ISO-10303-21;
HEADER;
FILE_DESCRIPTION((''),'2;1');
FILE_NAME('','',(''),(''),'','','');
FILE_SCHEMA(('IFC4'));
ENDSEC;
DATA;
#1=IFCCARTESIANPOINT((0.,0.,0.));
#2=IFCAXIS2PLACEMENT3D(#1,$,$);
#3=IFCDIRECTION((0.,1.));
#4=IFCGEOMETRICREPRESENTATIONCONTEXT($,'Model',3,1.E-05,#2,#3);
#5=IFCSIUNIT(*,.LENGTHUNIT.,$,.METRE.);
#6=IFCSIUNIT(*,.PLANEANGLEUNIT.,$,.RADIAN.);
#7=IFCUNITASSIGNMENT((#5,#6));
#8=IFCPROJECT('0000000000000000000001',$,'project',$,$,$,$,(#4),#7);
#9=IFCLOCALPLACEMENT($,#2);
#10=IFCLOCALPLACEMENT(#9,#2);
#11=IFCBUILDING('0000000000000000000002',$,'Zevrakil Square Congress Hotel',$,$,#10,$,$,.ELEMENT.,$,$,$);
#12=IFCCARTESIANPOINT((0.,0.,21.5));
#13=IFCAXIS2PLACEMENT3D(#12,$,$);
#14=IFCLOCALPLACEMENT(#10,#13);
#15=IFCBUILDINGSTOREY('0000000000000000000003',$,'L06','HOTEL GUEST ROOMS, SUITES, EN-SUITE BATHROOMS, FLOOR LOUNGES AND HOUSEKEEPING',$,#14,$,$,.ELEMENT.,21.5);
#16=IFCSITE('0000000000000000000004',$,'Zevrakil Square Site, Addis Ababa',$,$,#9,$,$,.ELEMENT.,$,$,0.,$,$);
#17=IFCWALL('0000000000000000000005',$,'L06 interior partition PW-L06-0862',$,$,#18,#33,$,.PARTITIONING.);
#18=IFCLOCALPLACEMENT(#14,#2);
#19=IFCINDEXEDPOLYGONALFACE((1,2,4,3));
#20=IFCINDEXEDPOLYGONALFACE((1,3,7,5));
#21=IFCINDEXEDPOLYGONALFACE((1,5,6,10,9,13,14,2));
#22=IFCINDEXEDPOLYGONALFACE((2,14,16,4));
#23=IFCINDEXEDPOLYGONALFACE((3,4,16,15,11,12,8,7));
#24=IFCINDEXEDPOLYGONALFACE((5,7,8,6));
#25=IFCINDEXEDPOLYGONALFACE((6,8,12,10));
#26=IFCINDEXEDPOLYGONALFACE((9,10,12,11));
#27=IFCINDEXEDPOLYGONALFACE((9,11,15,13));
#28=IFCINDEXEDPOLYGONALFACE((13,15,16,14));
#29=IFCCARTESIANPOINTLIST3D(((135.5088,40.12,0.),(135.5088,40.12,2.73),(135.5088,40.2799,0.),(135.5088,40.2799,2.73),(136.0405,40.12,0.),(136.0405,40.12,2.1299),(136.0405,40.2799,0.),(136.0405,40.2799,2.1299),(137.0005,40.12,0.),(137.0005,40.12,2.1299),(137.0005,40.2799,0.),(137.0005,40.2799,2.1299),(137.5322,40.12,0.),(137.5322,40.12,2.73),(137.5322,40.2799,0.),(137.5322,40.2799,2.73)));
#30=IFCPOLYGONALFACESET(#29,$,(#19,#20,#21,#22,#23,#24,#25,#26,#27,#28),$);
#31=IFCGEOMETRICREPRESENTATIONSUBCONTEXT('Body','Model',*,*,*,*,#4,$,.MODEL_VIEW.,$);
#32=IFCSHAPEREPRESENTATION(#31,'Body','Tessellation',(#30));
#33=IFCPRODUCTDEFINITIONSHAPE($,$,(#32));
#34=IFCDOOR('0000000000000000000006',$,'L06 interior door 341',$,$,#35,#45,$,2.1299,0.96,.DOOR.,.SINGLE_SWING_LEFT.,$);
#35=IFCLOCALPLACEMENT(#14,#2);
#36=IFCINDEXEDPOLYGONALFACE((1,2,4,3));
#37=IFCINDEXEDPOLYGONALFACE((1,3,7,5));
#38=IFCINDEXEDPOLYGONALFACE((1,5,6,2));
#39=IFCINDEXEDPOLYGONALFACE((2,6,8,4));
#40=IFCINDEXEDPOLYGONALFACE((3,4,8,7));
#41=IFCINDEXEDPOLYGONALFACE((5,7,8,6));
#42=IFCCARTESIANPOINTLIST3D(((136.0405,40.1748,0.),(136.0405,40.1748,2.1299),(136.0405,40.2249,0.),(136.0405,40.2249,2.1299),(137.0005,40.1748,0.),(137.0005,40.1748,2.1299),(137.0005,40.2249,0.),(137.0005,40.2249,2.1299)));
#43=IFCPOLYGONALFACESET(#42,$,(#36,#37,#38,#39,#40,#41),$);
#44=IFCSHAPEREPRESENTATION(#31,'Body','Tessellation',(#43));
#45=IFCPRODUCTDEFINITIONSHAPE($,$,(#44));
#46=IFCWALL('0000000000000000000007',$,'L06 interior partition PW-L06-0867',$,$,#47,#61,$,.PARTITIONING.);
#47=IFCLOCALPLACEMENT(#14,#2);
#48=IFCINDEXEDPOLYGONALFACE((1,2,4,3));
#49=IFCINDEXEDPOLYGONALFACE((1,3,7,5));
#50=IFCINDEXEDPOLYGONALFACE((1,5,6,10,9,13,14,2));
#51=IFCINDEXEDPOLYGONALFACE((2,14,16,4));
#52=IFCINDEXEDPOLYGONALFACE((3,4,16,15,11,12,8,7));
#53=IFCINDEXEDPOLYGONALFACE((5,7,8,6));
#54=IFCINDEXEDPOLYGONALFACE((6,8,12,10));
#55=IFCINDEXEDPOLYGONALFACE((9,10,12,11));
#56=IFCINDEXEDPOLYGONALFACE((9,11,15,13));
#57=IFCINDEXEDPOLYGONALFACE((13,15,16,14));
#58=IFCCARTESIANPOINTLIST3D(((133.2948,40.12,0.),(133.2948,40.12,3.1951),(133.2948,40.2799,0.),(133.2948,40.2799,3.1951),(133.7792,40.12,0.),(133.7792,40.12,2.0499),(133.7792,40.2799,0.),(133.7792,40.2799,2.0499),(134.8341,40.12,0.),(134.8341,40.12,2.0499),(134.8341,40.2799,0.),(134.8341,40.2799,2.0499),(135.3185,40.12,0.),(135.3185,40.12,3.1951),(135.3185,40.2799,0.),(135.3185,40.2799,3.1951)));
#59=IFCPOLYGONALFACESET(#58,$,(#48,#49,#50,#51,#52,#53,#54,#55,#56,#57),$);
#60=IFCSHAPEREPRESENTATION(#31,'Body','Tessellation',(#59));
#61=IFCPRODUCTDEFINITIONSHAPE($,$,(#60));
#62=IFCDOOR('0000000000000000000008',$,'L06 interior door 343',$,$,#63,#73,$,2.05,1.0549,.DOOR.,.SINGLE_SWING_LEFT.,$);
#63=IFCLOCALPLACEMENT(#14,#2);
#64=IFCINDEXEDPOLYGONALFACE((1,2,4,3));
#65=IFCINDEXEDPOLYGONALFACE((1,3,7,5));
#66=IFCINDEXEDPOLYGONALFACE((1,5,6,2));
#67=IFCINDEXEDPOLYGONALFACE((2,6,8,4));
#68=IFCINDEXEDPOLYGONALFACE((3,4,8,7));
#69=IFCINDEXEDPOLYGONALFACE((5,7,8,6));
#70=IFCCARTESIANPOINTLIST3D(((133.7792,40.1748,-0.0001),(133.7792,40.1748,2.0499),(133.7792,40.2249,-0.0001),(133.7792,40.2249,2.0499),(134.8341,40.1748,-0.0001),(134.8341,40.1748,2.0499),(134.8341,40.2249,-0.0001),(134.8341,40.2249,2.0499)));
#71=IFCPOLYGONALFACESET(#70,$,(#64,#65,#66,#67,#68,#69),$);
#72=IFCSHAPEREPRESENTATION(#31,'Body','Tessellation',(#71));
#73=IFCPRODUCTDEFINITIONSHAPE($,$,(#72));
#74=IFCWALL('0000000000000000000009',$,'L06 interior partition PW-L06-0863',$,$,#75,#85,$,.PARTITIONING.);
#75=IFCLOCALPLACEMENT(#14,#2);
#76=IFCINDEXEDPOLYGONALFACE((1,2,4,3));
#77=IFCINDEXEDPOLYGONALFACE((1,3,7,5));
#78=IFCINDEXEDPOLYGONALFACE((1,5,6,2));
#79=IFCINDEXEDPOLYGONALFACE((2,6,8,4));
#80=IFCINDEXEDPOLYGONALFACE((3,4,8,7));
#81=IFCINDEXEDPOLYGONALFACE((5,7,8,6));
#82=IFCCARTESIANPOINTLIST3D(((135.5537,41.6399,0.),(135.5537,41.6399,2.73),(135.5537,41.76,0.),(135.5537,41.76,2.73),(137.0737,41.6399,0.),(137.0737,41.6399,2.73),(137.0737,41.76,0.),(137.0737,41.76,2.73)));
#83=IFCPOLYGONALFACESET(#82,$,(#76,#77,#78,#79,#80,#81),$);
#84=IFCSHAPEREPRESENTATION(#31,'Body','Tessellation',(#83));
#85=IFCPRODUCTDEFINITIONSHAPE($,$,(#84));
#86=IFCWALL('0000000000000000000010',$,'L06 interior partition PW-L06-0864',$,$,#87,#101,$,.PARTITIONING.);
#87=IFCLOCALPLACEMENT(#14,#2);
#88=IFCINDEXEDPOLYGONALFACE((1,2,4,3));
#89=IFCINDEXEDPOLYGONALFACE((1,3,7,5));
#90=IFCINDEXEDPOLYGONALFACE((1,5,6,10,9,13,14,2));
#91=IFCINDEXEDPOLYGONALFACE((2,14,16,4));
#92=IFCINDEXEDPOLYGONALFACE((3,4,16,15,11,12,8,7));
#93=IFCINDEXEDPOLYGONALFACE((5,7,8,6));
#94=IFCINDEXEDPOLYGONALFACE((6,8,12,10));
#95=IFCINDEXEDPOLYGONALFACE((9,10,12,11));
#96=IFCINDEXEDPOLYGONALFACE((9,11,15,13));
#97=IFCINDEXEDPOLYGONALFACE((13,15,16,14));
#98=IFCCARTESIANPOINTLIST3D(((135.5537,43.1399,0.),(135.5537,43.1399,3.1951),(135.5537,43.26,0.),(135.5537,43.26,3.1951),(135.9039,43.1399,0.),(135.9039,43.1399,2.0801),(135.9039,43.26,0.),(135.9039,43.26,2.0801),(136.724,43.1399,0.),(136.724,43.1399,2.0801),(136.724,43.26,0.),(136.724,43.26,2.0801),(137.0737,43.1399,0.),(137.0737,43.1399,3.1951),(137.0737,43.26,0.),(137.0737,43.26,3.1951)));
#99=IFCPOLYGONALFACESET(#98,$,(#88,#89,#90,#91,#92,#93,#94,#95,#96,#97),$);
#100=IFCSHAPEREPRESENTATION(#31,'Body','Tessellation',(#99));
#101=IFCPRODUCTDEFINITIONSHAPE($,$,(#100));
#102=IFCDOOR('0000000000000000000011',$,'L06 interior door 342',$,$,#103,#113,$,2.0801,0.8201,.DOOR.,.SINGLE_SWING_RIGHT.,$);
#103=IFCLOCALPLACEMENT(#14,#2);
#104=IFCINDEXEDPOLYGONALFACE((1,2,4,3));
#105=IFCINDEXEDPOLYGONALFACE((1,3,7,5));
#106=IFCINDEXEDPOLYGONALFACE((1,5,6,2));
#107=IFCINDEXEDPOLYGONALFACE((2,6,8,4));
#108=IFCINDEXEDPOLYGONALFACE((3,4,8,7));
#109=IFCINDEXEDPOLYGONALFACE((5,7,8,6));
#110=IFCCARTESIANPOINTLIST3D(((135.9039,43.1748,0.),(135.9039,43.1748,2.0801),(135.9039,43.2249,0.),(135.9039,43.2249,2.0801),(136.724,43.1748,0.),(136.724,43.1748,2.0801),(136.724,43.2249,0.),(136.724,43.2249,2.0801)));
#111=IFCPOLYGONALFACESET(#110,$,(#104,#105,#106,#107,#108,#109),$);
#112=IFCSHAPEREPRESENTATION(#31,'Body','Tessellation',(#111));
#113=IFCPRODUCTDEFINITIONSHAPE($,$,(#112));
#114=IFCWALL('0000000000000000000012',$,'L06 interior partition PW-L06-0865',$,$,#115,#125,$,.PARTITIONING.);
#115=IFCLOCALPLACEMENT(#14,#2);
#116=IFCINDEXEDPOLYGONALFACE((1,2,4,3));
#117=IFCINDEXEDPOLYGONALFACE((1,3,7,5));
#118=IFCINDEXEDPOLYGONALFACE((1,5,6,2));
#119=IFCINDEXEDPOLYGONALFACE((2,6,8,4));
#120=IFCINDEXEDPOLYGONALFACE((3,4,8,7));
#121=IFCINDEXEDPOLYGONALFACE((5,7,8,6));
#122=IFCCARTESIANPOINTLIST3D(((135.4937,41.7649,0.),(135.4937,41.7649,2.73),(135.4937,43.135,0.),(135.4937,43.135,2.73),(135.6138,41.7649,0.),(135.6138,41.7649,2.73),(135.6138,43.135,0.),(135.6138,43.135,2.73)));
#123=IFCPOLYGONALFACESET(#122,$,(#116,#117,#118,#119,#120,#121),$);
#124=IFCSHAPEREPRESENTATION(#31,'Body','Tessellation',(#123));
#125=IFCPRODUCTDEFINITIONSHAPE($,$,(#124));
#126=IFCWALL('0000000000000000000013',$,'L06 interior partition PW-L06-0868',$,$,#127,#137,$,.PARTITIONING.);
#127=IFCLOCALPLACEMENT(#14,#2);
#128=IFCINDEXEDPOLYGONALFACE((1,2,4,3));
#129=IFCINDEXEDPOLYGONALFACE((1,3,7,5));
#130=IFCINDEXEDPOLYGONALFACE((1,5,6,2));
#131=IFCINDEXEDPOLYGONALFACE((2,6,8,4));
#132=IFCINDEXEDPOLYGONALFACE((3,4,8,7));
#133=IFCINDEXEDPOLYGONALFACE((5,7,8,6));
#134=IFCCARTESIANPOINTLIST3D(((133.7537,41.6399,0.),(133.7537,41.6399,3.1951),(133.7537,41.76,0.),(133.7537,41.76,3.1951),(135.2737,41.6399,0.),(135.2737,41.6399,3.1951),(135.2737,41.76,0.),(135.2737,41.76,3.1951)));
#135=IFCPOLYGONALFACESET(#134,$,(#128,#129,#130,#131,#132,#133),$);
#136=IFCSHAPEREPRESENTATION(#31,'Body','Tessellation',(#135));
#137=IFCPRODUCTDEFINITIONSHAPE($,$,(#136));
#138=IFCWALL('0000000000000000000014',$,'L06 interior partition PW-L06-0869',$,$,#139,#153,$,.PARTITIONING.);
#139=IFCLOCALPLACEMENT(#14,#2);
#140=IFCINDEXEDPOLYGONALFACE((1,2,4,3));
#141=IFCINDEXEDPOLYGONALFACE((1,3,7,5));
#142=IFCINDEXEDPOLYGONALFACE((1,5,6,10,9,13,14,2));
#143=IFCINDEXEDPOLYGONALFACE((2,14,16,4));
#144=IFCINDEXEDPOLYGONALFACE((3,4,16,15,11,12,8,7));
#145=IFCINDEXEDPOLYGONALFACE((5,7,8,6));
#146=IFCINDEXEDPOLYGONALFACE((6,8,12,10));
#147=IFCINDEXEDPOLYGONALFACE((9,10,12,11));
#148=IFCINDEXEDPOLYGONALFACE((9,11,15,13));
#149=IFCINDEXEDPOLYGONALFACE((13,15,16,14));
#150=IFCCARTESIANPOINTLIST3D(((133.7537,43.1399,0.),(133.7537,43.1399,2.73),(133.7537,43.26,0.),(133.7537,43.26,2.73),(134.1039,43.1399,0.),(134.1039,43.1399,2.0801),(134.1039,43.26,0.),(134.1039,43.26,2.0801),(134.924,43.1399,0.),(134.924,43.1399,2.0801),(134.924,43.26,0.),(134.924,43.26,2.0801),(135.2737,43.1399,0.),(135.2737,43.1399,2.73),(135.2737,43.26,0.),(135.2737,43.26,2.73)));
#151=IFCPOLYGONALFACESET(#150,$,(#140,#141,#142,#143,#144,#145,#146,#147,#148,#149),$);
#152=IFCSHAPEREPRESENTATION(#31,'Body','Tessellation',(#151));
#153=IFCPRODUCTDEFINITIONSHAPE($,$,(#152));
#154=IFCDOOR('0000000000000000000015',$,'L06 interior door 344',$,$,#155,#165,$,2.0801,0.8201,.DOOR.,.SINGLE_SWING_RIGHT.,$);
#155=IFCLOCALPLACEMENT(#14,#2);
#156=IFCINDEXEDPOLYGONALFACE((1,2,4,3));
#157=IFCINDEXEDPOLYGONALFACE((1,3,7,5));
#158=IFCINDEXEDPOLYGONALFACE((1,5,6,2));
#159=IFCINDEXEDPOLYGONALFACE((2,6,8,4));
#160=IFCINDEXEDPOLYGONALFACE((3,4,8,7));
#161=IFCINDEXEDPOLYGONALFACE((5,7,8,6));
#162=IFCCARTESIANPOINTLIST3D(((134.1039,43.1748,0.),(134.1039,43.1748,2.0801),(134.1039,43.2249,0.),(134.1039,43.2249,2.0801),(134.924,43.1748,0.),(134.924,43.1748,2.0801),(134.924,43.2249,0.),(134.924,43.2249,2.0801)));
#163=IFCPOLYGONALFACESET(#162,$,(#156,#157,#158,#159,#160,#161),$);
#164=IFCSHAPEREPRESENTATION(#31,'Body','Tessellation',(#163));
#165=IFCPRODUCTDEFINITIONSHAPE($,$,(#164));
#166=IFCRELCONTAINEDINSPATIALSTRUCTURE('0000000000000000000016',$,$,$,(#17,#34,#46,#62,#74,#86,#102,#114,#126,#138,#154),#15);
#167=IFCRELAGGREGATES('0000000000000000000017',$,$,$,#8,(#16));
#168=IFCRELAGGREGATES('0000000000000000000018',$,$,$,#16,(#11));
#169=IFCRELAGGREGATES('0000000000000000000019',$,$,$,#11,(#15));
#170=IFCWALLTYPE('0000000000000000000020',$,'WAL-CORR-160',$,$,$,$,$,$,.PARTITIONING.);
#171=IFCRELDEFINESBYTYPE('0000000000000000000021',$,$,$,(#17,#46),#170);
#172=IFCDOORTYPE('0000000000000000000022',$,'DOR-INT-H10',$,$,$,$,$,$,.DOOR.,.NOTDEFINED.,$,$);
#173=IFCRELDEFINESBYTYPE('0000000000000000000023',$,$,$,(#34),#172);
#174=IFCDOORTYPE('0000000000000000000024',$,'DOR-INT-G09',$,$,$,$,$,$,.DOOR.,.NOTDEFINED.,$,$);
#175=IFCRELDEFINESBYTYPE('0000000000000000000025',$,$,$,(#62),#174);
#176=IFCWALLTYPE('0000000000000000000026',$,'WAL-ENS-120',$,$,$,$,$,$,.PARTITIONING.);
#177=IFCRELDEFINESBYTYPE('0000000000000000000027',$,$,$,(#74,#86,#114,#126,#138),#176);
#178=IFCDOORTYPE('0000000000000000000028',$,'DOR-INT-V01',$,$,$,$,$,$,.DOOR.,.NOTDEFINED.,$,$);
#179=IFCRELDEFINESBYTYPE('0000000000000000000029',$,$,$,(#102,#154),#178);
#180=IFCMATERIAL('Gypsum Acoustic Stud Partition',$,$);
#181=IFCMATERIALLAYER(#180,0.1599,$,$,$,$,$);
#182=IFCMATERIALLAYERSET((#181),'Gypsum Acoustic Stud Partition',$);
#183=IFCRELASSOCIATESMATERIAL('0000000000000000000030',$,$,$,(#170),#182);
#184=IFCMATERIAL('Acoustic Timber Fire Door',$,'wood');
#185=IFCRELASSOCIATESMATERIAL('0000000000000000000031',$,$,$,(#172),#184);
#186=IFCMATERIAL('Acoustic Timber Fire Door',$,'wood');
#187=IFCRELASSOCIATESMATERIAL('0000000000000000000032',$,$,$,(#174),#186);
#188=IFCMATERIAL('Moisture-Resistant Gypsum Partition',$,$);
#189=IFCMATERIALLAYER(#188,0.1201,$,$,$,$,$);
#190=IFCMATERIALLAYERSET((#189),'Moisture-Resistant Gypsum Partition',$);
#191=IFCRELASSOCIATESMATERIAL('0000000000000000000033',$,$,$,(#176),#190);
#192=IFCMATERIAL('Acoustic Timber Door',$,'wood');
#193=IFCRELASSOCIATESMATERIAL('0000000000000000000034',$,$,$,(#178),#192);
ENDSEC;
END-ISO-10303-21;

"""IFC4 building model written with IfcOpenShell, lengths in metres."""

from ifc_helpers import new_model, si_unit, direction, frame, frame_2d, origin, place, context, subcontext, project, spatial, rectangle, extrude, material, layer, layer_set, type_object, element, fill, save


model = new_model("IFC4")

# Units and contexts
model_context = context("Model", 3, precision=1e-05, world=origin(), true_north=direction((0.0, 1.0)))
body_context = subcontext(model_context, "Body", "Model", "MODEL_VIEW")
ifc_project = project(units=[si_unit("LENGTHUNIT", "METRE"), si_unit("PLANEANGLEUNIT", "RADIAN")], contexts=[model_context])

# Site, building, storey
site_placement = place(None, origin())
site = spatial("IfcSite", under=ifc_project, at=site_placement, Name="Zevrakil Square Site, Addis Ababa", CompositionType="ELEMENT", RefElevation=0.0)
building_placement = place(site_placement, origin())
building = spatial("IfcBuilding", under=site, at=building_placement, Name="Zevrakil Square Congress Hotel", CompositionType="ELEMENT")
storey_placement = place(building_placement, frame((0.0, 0.0, 21.5)))
storey = spatial("IfcBuildingStorey", under=building, at=storey_placement, Name="L06", Description="HOTEL GUEST ROOMS, SUITES, EN-SUITE BATHROOMS, FLOOR LOUNGES AND HOUSEKEEPING", CompositionType="ELEMENT", Elevation=21.5)

# Walls, openings, doors
ifc_material_1 = material(Name="Gypsum Acoustic Stud Partition")
ifc_layer_1 = layer(ifc_material_1, 0.1599)
ifc_layer_set_1 = layer_set([ifc_layer_1], Name="Gypsum Acoustic Stud Partition")
wall_type_1 = type_object("IfcWallType", Name="WAL-CORR-160", PredefinedType="PARTITIONING", material=ifc_layer_set_1)
wall_1_placement = place(storey_placement, frame((135.5088, 40.2, 0.0), z_axis=(0.0, 0.0, 1.0), x_axis=(1.0, 0.0, 0.0)))
wall_1 = element("IfcWall", 1, at=wall_1_placement, inside=storey, type_object=wall_type_1, Name="L06 interior partition PW-L06-0862", PredefinedType="PARTITIONING", context=body_context, shape_type="SweptSolid", body=[
    extrude(rectangle(XDim=2.0234, YDim=0.1599, at=frame_2d((1.0117, 0.0))), origin(), (0.0, 0.0, 1.0), 2.73),
])
opening_1_placement = place(wall_1_placement, frame((0.5317, 0.0, 0.0)))
opening_1 = element("IfcOpeningElement", 2, at=opening_1_placement, cuts=wall_1, PredefinedType="OPENING", context=body_context, shape_type="SweptSolid", body=[
    extrude(rectangle(XDim=0.96, YDim=2.1299, at=frame_2d((0.48, 1.0649))), frame((0.0, 0.0898, 0.0), z_axis=(0.0, -1.0, 0.0), x_axis=(1.0, 0.0, 0.0)), (0.0, 0.0, 1.0), 0.1799),
])
ifc_material_2 = material(Name="Acoustic Timber Fire Door", Category="wood")
door_type_1 = type_object("IfcDoorType", Name="DOR-INT-H10", OperationType="NOTDEFINED", PredefinedType="DOOR", material=ifc_material_2)
door_1_placement = place(opening_1_placement, origin())
door_1 = element("IfcDoor", 3, at=door_1_placement, inside=storey, type_object=door_type_1, Name="L06 interior door 341", OperationType="SINGLE_SWING_LEFT", OverallHeight=2.1299, OverallWidth=0.96, PredefinedType="DOOR", context=body_context, shape_type="SweptSolid", body=[
    extrude(rectangle(XDim=0.96, YDim=2.1299, at=frame_2d((0.48, 1.0649))), frame((0.0, 0.0249, 0.0), z_axis=(0.0, -1.0, 0.0), x_axis=(1.0, 0.0, 0.0)), (0.0, 0.0, 1.0), 0.05),
])
fill(opening_1, door_1)
wall_2_placement = place(storey_placement, frame((133.2949, 40.2, 0.0), z_axis=(0.0, 0.0, 1.0), x_axis=(1.0, 0.0, 0.0)))
wall_2 = element("IfcWall", 4, at=wall_2_placement, inside=storey, type_object=wall_type_1, Name="L06 interior partition PW-L06-0867", PredefinedType="PARTITIONING", context=body_context, shape_type="SweptSolid", body=[
    extrude(rectangle(XDim=2.0237, YDim=0.1599, at=frame_2d((1.0117, 0.0))), origin(), (0.0, 0.0, 1.0), 3.1951),
])
opening_2_placement = place(wall_2_placement, frame((0.4844, 0.0, 0.0)))
opening_2 = element("IfcOpeningElement", 5, at=opening_2_placement, cuts=wall_2, PredefinedType="OPENING", context=body_context, shape_type="SweptSolid", body=[
    extrude(rectangle(XDim=1.0549, YDim=2.05, at=frame_2d((0.5273, 1.0249))), frame((0.0, 0.0898, 0.0), z_axis=(0.0, -1.0, 0.0), x_axis=(1.0, 0.0, 0.0)), (0.0, 0.0, 1.0), 0.1799),
])
ifc_material_3 = material(Name="Acoustic Timber Fire Door", Category="wood")
door_type_2 = type_object("IfcDoorType", Name="DOR-INT-G09", OperationType="NOTDEFINED", PredefinedType="DOOR", material=ifc_material_3)
door_2_placement = place(opening_2_placement, origin())
door_2 = element("IfcDoor", 6, at=door_2_placement, inside=storey, type_object=door_type_2, Name="L06 interior door 343", OperationType="SINGLE_SWING_LEFT", OverallHeight=2.05, OverallWidth=1.0549, PredefinedType="DOOR", context=body_context, shape_type="SweptSolid", body=[
    extrude(rectangle(XDim=1.0549, YDim=2.05, at=frame_2d((0.5273, 1.0249))), frame((0.0, 0.0249, 0.0), z_axis=(0.0, -1.0, 0.0), x_axis=(1.0, 0.0, 0.0)), (0.0, 0.0, 1.0), 0.05),
])
fill(opening_2, door_2)

# Wall
ifc_material_4 = material(Name="Moisture-Resistant Gypsum Partition")
ifc_layer_2 = layer(ifc_material_4, 0.1201)
ifc_layer_set_2 = layer_set([ifc_layer_2], Name="Moisture-Resistant Gypsum Partition")
wall_type_2 = type_object("IfcWallType", Name="WAL-ENS-120", PredefinedType="PARTITIONING", material=ifc_layer_set_2)
wall_3_placement = place(storey_placement, frame((135.5537, 41.7, 0.0), z_axis=(0.0, 0.0, 1.0), x_axis=(1.0, 0.0, 0.0)))
element("IfcWall", 7, at=wall_3_placement, inside=storey, type_object=wall_type_2, Name="L06 interior partition PW-L06-0863", PredefinedType="PARTITIONING", context=body_context, shape_type="SweptSolid", body=[
    extrude(rectangle(XDim=1.52, YDim=0.1201, at=frame_2d((0.76, 0.0))), origin(), (0.0, 0.0, 1.0), 2.73),
])

# Wall, opening, door
wall_4_placement = place(storey_placement, frame((135.5537, 43.2, 0.0), z_axis=(0.0, 0.0, 1.0), x_axis=(1.0, 0.0, 0.0)))
wall_4 = element("IfcWall", 8, at=wall_4_placement, inside=storey, type_object=wall_type_2, Name="L06 interior partition PW-L06-0864", PredefinedType="PARTITIONING", context=body_context, shape_type="SweptSolid", body=[
    extrude(rectangle(XDim=1.52, YDim=0.1201, at=frame_2d((0.76, 0.0))), origin(), (0.0, 0.0, 1.0), 3.1951),
])
opening_3_placement = place(wall_4_placement, frame((0.3501, 0.0, 0.0)))
opening_3 = element("IfcOpeningElement", 9, at=opening_3_placement, cuts=wall_4, PredefinedType="OPENING", context=body_context, shape_type="SweptSolid", body=[
    extrude(rectangle(XDim=0.8201, YDim=2.0801, at=frame_2d((0.4102, 1.04))), frame((0.0, 0.0701, 0.0), z_axis=(0.0, -1.0, 0.0), x_axis=(1.0, 0.0, 0.0)), (0.0, 0.0, 1.0), 0.1401),
])
ifc_material_5 = material(Name="Acoustic Timber Door", Category="wood")
door_type_3 = type_object("IfcDoorType", Name="DOR-INT-V01", OperationType="NOTDEFINED", PredefinedType="DOOR", material=ifc_material_5)
door_3_placement = place(opening_3_placement, origin())
door_3 = element("IfcDoor", 10, at=door_3_placement, inside=storey, type_object=door_type_3, Name="L06 interior door 342", OperationType="SINGLE_SWING_RIGHT", OverallHeight=2.0801, OverallWidth=0.8201, PredefinedType="DOOR", context=body_context, shape_type="SweptSolid", body=[
    extrude(rectangle(XDim=0.8201, YDim=2.0801, at=frame_2d((0.4102, 1.04))), frame((0.0, 0.0249, 0.0), z_axis=(0.0, -1.0, 0.0), x_axis=(1.0, 0.0, 0.0)), (0.0, 0.0, 1.0), 0.05),
])
fill(opening_3, door_3)

# Walls
wall_5_placement = place(storey_placement, frame((135.5537, 41.7649, 0.0), z_axis=(0.0, 0.0, 1.0), x_axis=(0.0, 1.0, 0.0)))
element("IfcWall", 11, at=wall_5_placement, inside=storey, type_object=wall_type_2, Name="L06 interior partition PW-L06-0865", PredefinedType="PARTITIONING", context=body_context, shape_type="SweptSolid", body=[
    extrude(rectangle(XDim=1.3701, YDim=0.1201, at=frame_2d((0.6851, 0.0))), origin(), (0.0, 0.0, 1.0), 2.73),
])
wall_6_placement = place(storey_placement, frame((133.7537, 41.7, 0.0), z_axis=(0.0, 0.0, 1.0), x_axis=(1.0, 0.0, 0.0)))
element("IfcWall", 12, at=wall_6_placement, inside=storey, type_object=wall_type_2, Name="L06 interior partition PW-L06-0868", PredefinedType="PARTITIONING", context=body_context, shape_type="SweptSolid", body=[
    extrude(rectangle(XDim=1.52, YDim=0.1201, at=frame_2d((0.76, 0.0))), origin(), (0.0, 0.0, 1.0), 3.1951),
])

# Wall, opening, door
wall_7_placement = place(storey_placement, frame((133.7537, 43.2, 0.0), z_axis=(0.0, 0.0, 1.0), x_axis=(1.0, 0.0, 0.0)))
wall_7 = element("IfcWall", 13, at=wall_7_placement, inside=storey, type_object=wall_type_2, Name="L06 interior partition PW-L06-0869", PredefinedType="PARTITIONING", context=body_context, shape_type="SweptSolid", body=[
    extrude(rectangle(XDim=1.52, YDim=0.1201, at=frame_2d((0.76, 0.0))), origin(), (0.0, 0.0, 1.0), 2.73),
])
opening_4_placement = place(wall_7_placement, frame((0.3501, 0.0, 0.0)))
opening_4 = element("IfcOpeningElement", 14, at=opening_4_placement, cuts=wall_7, PredefinedType="OPENING", context=body_context, shape_type="SweptSolid", body=[
    extrude(rectangle(XDim=0.8201, YDim=2.0801, at=frame_2d((0.4102, 1.04))), frame((0.0, 0.0701, 0.0), z_axis=(0.0, -1.0, 0.0), x_axis=(1.0, 0.0, 0.0)), (0.0, 0.0, 1.0), 0.1401),
])
door_4_placement = place(opening_4_placement, origin())
door_4 = element("IfcDoor", 15, at=door_4_placement, inside=storey, type_object=door_type_3, Name="L06 interior door 344", OperationType="SINGLE_SWING_RIGHT", OverallHeight=2.0801, OverallWidth=0.8201, PredefinedType="DOOR", context=body_context, shape_type="SweptSolid", body=[
    extrude(rectangle(XDim=0.8201, YDim=2.0801, at=frame_2d((0.4102, 1.04))), frame((0.0, 0.0249, 0.0), z_axis=(0.0, -1.0, 0.0), x_axis=(1.0, 0.0, 0.0)), (0.0, 0.0, 1.0), 0.05),
])
fill(opening_4, door_4)

save(model, "model.ifc")
